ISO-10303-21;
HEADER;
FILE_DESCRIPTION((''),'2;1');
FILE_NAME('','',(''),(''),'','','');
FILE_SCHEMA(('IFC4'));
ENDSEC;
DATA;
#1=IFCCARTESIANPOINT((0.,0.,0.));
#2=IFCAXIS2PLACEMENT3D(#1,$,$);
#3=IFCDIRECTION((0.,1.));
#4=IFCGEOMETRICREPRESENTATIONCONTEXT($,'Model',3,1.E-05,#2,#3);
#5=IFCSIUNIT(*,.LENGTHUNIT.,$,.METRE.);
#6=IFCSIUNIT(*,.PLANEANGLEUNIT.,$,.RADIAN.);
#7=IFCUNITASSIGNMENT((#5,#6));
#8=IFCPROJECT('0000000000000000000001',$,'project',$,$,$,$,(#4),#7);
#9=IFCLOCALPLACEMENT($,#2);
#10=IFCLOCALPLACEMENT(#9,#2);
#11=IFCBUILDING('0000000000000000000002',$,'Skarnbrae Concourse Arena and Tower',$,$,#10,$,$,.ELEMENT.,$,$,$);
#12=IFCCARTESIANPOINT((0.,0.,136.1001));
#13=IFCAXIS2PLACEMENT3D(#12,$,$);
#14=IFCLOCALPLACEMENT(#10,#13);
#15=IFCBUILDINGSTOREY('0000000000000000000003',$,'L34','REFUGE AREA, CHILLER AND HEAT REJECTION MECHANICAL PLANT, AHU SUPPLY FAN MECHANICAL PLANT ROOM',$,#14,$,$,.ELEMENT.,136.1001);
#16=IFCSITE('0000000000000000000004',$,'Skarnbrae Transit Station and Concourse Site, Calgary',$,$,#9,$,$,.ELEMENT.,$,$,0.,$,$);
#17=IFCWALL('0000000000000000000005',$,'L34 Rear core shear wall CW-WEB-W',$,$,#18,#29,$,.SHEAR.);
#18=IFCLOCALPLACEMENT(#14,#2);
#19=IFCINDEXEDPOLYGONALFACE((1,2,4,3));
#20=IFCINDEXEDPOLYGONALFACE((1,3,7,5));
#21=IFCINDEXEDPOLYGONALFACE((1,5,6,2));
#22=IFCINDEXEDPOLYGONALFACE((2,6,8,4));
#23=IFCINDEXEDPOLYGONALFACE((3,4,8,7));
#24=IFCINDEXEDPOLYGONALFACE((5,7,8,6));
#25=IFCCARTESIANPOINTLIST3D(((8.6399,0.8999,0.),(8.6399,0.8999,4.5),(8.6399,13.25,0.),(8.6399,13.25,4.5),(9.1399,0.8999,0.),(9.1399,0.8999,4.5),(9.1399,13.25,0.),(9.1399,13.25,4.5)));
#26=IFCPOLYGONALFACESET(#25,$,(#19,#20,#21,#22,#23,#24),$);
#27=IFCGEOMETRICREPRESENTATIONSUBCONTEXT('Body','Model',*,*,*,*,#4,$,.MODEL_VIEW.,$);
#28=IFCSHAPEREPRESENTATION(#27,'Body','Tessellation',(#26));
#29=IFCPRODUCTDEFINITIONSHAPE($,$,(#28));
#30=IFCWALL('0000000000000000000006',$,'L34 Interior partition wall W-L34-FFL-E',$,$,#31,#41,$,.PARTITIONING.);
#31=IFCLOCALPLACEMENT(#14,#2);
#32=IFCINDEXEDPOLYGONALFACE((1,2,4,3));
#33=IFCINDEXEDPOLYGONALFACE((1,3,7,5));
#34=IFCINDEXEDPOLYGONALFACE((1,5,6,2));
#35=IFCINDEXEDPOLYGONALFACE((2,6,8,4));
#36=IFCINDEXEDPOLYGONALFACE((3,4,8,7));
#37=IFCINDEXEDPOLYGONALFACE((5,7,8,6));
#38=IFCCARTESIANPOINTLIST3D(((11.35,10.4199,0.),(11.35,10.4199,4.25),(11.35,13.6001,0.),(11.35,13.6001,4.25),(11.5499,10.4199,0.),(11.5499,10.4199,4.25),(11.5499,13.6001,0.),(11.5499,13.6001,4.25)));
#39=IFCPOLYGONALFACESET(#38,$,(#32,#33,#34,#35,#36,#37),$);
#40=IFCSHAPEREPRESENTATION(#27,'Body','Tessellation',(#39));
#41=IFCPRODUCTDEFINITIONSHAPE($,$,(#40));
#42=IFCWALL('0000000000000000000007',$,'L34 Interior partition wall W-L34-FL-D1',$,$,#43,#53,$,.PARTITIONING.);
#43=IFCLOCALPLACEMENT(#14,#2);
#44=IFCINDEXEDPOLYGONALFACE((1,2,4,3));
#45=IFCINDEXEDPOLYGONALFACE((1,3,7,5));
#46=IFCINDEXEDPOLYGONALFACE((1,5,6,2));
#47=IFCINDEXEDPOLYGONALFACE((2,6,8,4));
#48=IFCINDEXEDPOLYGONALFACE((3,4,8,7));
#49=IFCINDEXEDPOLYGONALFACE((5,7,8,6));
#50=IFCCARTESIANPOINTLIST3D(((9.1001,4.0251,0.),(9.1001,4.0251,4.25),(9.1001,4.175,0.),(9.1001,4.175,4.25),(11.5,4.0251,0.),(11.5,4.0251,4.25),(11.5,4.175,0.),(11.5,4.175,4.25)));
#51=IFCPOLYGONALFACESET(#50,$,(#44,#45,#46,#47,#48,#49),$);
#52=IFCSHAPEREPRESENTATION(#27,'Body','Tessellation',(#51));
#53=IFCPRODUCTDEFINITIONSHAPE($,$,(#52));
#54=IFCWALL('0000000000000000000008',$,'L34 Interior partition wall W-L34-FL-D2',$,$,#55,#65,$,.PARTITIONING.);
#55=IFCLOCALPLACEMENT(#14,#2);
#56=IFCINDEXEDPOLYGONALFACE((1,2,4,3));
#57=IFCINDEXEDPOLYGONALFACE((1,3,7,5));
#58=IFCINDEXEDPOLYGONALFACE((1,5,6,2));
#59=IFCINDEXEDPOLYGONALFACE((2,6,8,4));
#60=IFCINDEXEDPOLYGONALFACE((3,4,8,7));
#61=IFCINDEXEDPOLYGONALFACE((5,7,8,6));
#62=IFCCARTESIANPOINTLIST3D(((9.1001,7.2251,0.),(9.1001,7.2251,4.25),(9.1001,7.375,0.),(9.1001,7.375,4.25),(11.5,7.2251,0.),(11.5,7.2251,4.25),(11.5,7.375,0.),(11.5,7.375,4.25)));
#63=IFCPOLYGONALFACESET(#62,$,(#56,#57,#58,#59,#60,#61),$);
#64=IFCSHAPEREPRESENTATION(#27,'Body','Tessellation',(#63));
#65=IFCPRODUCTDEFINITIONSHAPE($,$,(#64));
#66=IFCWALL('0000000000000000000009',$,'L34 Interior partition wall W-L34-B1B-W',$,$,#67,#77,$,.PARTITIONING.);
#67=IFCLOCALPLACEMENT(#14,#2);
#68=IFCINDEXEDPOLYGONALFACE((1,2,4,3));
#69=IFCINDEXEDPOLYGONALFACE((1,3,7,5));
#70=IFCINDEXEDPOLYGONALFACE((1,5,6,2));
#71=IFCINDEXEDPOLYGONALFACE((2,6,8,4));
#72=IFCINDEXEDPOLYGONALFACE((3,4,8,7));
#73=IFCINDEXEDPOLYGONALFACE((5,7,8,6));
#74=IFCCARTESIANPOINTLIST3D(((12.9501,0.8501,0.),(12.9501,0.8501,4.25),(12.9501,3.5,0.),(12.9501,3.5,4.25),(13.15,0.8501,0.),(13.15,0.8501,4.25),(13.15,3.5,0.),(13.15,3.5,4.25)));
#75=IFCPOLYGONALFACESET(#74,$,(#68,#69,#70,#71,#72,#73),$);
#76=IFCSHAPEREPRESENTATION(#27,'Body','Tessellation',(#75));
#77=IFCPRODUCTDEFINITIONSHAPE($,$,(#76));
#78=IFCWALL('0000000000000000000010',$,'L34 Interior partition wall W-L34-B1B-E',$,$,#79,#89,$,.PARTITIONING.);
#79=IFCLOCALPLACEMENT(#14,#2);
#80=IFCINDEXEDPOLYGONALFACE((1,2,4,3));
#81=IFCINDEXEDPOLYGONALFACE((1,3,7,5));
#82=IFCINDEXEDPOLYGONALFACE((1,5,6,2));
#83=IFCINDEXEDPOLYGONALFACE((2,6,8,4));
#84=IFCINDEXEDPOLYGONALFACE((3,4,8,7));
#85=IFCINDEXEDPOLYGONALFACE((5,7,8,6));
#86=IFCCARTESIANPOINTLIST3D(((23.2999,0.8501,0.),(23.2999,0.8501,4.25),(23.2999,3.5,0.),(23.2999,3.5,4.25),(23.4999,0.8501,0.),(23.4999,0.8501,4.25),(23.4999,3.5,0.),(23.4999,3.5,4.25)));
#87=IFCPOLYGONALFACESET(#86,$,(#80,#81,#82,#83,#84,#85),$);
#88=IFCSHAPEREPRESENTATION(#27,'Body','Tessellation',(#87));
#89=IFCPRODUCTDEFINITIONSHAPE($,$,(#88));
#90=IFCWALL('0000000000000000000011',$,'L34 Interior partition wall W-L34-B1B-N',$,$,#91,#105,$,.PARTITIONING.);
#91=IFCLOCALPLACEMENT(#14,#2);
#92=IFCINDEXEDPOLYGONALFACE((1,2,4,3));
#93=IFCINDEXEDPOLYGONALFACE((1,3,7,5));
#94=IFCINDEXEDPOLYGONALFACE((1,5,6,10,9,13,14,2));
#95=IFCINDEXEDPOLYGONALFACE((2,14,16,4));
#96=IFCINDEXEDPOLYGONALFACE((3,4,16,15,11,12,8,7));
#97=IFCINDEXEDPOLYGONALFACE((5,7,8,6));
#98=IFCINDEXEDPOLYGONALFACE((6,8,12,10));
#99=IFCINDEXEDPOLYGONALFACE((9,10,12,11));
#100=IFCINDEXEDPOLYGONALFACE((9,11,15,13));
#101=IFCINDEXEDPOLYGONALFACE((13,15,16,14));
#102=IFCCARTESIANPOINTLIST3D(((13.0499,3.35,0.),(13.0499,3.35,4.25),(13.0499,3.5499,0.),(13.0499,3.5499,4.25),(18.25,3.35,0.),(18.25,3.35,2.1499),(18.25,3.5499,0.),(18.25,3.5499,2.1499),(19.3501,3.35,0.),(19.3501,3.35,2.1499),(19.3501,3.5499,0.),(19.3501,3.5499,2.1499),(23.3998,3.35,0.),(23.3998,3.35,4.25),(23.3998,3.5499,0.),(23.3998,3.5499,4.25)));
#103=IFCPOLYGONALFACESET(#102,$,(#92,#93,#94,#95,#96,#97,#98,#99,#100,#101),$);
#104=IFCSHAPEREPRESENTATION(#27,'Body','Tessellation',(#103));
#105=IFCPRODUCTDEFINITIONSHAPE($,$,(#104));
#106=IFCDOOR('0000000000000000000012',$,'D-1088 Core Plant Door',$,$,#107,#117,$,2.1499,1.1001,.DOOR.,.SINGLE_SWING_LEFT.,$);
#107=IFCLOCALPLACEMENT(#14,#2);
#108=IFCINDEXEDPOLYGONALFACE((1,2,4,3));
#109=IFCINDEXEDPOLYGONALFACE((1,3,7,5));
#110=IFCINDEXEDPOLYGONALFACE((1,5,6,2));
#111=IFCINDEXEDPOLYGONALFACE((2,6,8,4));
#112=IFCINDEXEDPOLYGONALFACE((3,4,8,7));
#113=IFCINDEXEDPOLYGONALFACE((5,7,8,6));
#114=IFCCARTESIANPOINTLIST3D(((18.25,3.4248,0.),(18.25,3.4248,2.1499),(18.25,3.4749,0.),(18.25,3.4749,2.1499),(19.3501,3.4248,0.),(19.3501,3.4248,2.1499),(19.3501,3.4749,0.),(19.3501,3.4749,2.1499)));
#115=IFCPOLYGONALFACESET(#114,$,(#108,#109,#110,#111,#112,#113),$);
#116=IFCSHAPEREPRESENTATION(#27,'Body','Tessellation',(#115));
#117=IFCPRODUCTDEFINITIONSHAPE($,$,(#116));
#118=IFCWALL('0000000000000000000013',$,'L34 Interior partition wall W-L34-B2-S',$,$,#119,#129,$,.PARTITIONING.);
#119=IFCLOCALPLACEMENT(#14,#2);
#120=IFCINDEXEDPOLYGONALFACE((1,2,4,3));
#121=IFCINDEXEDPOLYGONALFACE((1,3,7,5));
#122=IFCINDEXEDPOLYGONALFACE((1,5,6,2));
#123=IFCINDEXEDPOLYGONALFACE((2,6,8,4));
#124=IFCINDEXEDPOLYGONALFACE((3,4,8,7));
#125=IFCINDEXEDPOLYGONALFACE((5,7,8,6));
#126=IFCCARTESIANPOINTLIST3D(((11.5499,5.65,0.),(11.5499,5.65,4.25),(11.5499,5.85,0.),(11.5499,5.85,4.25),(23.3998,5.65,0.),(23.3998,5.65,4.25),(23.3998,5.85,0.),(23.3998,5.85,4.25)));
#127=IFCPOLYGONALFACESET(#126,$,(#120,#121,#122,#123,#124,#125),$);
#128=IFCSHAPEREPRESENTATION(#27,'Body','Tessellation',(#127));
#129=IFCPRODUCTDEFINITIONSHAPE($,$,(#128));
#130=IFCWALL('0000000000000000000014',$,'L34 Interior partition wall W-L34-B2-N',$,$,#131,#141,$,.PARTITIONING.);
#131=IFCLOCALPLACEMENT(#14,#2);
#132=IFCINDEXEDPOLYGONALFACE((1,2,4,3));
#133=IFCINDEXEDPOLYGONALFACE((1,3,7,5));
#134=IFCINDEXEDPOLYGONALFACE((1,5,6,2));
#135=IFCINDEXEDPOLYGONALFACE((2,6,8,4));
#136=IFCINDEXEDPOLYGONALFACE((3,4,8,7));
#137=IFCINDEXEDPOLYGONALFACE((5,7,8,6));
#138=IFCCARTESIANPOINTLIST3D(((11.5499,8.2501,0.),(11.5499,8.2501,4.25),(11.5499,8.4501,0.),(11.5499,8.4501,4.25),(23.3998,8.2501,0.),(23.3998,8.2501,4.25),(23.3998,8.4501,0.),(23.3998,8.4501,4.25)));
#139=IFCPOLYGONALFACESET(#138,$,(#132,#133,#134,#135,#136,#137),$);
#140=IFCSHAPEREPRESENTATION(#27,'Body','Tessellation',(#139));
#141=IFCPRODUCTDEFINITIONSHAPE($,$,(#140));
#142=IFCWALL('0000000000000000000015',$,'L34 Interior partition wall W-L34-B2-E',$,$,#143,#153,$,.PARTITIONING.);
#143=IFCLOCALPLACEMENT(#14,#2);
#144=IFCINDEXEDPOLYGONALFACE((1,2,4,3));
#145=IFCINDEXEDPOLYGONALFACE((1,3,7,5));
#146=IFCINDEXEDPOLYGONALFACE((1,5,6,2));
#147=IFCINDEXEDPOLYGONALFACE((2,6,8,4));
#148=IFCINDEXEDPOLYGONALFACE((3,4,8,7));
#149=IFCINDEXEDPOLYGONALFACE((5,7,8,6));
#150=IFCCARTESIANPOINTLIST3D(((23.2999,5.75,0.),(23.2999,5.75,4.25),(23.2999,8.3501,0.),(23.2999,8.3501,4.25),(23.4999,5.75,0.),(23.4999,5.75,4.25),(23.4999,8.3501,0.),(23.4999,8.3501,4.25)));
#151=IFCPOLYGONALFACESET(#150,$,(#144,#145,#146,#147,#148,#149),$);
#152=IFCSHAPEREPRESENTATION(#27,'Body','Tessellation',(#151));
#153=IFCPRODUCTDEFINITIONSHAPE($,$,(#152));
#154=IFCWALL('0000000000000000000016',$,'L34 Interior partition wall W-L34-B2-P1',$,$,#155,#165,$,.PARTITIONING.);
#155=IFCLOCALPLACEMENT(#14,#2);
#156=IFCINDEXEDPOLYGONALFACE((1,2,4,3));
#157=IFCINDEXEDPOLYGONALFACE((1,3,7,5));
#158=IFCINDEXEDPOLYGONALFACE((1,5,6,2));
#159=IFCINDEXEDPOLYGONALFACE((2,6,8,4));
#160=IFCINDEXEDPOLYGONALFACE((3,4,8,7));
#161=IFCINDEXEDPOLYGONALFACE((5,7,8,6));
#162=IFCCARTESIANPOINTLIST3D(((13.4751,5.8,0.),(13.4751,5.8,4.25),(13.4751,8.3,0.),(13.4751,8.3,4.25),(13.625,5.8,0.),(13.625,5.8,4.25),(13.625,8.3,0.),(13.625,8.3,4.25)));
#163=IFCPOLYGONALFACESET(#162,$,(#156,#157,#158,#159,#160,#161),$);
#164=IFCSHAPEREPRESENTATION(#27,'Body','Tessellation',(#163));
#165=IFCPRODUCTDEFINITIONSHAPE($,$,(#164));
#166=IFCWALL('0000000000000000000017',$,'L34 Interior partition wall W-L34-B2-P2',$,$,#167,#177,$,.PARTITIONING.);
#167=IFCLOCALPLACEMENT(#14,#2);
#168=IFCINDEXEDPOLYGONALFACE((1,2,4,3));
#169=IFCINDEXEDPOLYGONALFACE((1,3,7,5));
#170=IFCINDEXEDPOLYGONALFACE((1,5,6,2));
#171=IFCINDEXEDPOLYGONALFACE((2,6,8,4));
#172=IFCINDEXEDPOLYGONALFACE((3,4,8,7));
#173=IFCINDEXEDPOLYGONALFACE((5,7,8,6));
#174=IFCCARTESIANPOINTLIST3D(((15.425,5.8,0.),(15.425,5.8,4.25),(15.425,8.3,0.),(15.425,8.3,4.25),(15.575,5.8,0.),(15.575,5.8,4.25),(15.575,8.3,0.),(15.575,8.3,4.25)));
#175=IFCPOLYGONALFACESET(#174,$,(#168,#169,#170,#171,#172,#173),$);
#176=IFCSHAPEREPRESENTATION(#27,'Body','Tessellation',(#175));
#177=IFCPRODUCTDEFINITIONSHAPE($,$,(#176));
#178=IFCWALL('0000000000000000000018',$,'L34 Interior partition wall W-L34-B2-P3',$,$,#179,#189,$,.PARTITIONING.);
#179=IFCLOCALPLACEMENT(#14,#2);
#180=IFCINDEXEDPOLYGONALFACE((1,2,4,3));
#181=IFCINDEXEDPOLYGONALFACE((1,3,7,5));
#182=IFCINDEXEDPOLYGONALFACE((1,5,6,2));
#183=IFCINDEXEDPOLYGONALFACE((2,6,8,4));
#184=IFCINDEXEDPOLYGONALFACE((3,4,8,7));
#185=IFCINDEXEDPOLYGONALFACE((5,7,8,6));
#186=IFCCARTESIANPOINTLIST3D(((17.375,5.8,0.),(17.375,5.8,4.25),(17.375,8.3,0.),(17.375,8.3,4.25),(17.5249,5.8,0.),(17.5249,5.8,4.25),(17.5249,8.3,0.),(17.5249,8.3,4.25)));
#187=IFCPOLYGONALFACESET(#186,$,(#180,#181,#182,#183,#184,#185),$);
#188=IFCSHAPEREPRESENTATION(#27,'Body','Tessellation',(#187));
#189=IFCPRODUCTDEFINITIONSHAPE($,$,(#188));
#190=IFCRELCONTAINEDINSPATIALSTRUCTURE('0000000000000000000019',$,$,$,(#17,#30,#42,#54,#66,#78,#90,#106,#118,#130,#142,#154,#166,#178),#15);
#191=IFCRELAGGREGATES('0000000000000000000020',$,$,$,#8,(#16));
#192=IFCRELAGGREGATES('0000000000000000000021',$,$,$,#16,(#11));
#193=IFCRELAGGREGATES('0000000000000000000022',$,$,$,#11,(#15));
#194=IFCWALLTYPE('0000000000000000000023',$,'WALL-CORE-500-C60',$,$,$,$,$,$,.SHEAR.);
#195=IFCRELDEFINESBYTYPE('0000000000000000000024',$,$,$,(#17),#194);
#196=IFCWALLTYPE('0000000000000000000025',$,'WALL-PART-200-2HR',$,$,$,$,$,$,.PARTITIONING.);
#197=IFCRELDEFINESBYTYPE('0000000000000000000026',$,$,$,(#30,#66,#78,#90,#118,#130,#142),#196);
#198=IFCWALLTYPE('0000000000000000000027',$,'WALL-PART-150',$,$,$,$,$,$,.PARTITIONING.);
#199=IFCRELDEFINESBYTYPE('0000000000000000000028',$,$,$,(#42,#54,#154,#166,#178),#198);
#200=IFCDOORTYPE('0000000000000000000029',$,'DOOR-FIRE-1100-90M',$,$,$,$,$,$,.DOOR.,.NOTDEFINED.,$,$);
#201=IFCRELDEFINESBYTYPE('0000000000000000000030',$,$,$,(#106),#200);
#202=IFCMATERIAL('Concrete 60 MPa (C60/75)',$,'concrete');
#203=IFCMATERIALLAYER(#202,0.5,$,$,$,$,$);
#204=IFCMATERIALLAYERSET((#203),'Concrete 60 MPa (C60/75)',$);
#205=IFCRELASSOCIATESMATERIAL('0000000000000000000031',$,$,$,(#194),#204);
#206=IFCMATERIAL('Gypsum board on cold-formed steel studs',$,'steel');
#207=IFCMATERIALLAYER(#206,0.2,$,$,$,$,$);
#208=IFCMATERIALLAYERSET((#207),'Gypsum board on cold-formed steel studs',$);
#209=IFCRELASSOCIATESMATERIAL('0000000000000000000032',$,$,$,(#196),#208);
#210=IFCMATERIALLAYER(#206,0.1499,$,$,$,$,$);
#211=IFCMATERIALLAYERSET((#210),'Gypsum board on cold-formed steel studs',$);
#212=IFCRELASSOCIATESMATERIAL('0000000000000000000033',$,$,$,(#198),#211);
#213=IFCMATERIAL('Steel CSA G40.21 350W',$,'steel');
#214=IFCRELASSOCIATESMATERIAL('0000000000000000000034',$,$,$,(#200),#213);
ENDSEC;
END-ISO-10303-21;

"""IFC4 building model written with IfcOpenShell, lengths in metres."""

from ifc_helpers import new_model, si_unit, direction, frame, frame_2d, origin, place, context, subcontext, project, spatial, rectangle, extrude, source, transform, mapped, material, layer, layer_set, type_object, element, fill, save


model = new_model("IFC4")

# Units and contexts
model_context = context("Model", 3, precision=1e-05, world=origin(), true_north=direction((0.0, 1.0)))
body_context = subcontext(model_context, "Body", "Model", "MODEL_VIEW")
ifc_project = project(units=[si_unit("LENGTHUNIT", "METRE"), si_unit("PLANEANGLEUNIT", "RADIAN")], contexts=[model_context])

# Site, building, storey
site_placement = place(None, origin())
site = spatial("IfcSite", under=ifc_project, at=site_placement, Name="Skarnbrae Transit Station and Concourse Site, Calgary", CompositionType="ELEMENT", RefElevation=0.0)
building_placement = place(site_placement, origin())
building = spatial("IfcBuilding", under=site, at=building_placement, Name="Skarnbrae Concourse Arena and Tower", CompositionType="ELEMENT")
storey_placement = place(building_placement, frame((0.0, 0.0, 136.1001)))
storey = spatial("IfcBuildingStorey", under=building, at=storey_placement, Name="L34", Description="REFUGE AREA, CHILLER AND HEAT REJECTION MECHANICAL PLANT, AHU SUPPLY FAN MECHANICAL PLANT ROOM", CompositionType="ELEMENT", Elevation=136.1001)

# Walls
ifc_material_1 = material(Name="Concrete 60 MPa (C60/75)", Category="concrete")
ifc_layer_1 = layer(ifc_material_1, 0.5)
ifc_layer_set_1 = layer_set([ifc_layer_1], Name="Concrete 60 MPa (C60/75)")
wall_type_1 = type_object("IfcWallType", Name="WALL-CORE-500-C60", PredefinedType="SHEAR", material=ifc_layer_set_1)
shared_shape_1 = source(origin(), body_context, "Body", "SweptSolid", [
    extrude(rectangle(XDim=12.3501, YDim=0.5, at=frame_2d((6.175, 0.0))), origin(), (0.0, 0.0, 1.0), 4.5),
])
wall_1_placement = place(storey_placement, frame((8.8899, 0.8999, 0.0), z_axis=(0.0, 0.0, 1.0), x_axis=(0.0, 1.0, 0.0)))
element("IfcWall", 1, at=wall_1_placement, inside=storey, type_object=wall_type_1, Name="L34 Rear core shear wall CW-WEB-W", PredefinedType="SHEAR", context=body_context, shape_type="MappedRepresentation", body=[
    mapped(shared_shape_1, transform((0.0, 0.0, 0.0))),
])
ifc_material_2 = material(Name="Gypsum board on cold-formed steel studs", Category="steel")
ifc_layer_2 = layer(ifc_material_2, 0.2)
ifc_layer_set_2 = layer_set([ifc_layer_2], Name="Gypsum board on cold-formed steel studs")
wall_type_2 = type_object("IfcWallType", Name="WALL-PART-200-2HR", PredefinedType="PARTITIONING", material=ifc_layer_set_2)
shared_shape_2 = source(origin(), body_context, "Body", "SweptSolid", [
    extrude(rectangle(XDim=3.1802, YDim=0.2, at=frame_2d((1.5901, 0.0))), origin(), (0.0, 0.0, 1.0), 4.25),
])
wall_2_placement = place(storey_placement, frame((11.45, 10.4199, 0.0), z_axis=(0.0, 0.0, 1.0), x_axis=(0.0, 1.0, 0.0)))
element("IfcWall", 2, at=wall_2_placement, inside=storey, type_object=wall_type_2, Name="L34 Interior partition wall W-L34-FFL-E", PredefinedType="PARTITIONING", context=body_context, shape_type="MappedRepresentation", body=[
    mapped(shared_shape_2, transform((0.0, 0.0, 0.0))),
])

# Shared definitions
ifc_material_3 = material(Name="Steel CSA G40.21 350W", Category="steel")
shared_shape_3 = source(origin(), body_context, "Body", "SweptSolid", [
    extrude(rectangle(XDim=1.1001, YDim=2.1499, at=frame_2d((0.55, 1.075))), frame((0.0, 0.0249, 0.0), z_axis=(0.0, -1.0, 0.0), x_axis=(1.0, 0.0, 0.0)), (0.0, 0.0, 1.0), 0.05),
])

# Walls
ifc_layer_3 = layer(ifc_material_2, 0.1499)
ifc_layer_set_3 = layer_set([ifc_layer_3], Name="Gypsum board on cold-formed steel studs")
wall_type_3 = type_object("IfcWallType", Name="WALL-PART-150", PredefinedType="PARTITIONING", material=ifc_layer_set_3)
shared_shape_4 = source(origin(), body_context, "Body", "SweptSolid", [
    extrude(rectangle(XDim=2.3999, YDim=0.1499, at=frame_2d((1.2, 0.0))), origin(), (0.0, 0.0, 1.0), 4.25),
])
for number, where, z_axis, x_axis, name in (
    (3, (9.1001, 4.1001, 0.0), (0.0, 0.0, 1.0), (1.0, 0.0, 0.0), "L34 Interior partition wall W-L34-FL-D1"),
    (4, (9.1001, 7.3, 0.0), (0.0, 0.0, 1.0), (1.0, 0.0, 0.0), "L34 Interior partition wall W-L34-FL-D2"),
):
    element("IfcWall", number, at=place(storey_placement, frame(where, z_axis=z_axis, x_axis=x_axis)), inside=storey, type_object=wall_type_3, Name=name, PredefinedType="PARTITIONING", context=body_context, shape_type="MappedRepresentation", body=[
        mapped(shared_shape_4, transform((0.0, 0.0, 0.0))),
    ])
shared_shape_5 = source(origin(), body_context, "Body", "SweptSolid", [
    extrude(rectangle(XDim=2.6499, YDim=0.2, at=frame_2d((1.325, 0.0))), origin(), (0.0, 0.0, 1.0), 4.25),
])
for number, where, z_axis, x_axis, name in (
    (5, (13.05, 0.8501, 0.0), (0.0, 0.0, 1.0), (0.0, 1.0, 0.0), "L34 Interior partition wall W-L34-B1B-W"),
    (6, (23.3999, 0.8501, 0.0), (0.0, 0.0, 1.0), (0.0, 1.0, 0.0), "L34 Interior partition wall W-L34-B1B-E"),
):
    element("IfcWall", number, at=place(storey_placement, frame(where, z_axis=z_axis, x_axis=x_axis)), inside=storey, type_object=wall_type_2, Name=name, PredefinedType="PARTITIONING", context=body_context, shape_type="MappedRepresentation", body=[
        mapped(shared_shape_5, transform((0.0, 0.0, 0.0))),
    ])

# Wall, opening, door
shared_shape_6 = source(origin(), body_context, "Body", "SweptSolid", [
    extrude(rectangle(XDim=10.3499, YDim=0.2, at=frame_2d((5.1748, 0.0))), origin(), (0.0, 0.0, 1.0), 4.25),
])
wall_3_placement = place(storey_placement, frame((13.05, 3.45, 0.0), z_axis=(0.0, 0.0, 1.0), x_axis=(1.0, 0.0, 0.0)))
wall_3 = element("IfcWall", 7, at=wall_3_placement, inside=storey, type_object=wall_type_2, Name="L34 Interior partition wall W-L34-B1B-N", PredefinedType="PARTITIONING", context=body_context, shape_type="MappedRepresentation", body=[
    mapped(shared_shape_6, transform((0.0, 0.0, 0.0))),
])
opening_1_placement = place(wall_3_placement, frame((5.2, 0.0, 0.0)))
opening_1 = element("IfcOpeningElement", 8, at=opening_1_placement, cuts=wall_3, PredefinedType="OPENING", context=body_context, shape_type="SweptSolid", body=[
    extrude(rectangle(XDim=1.1001, YDim=2.1499, at=frame_2d((0.55, 1.075))), frame((0.0, 0.1099, 0.0), z_axis=(0.0, -1.0, 0.0), x_axis=(1.0, 0.0, 0.0)), (0.0, 0.0, 1.0), 0.22),
])
door_type_1 = type_object("IfcDoorType", Name="DOOR-FIRE-1100-90M", OperationType="NOTDEFINED", PredefinedType="DOOR", material=ifc_material_3)
door_1_placement = place(opening_1_placement, origin())
door_1 = element("IfcDoor", 9, at=door_1_placement, inside=storey, type_object=door_type_1, Name="D-1088 Core Plant Door", OperationType="SINGLE_SWING_LEFT", OverallHeight=2.1499, OverallWidth=1.1001, PredefinedType="DOOR", context=body_context, shape_type="MappedRepresentation", body=[
    mapped(shared_shape_3, transform((0.0, 0.0, 0.0))),
])
fill(opening_1, door_1)

# Walls
shared_shape_7 = source(origin(), body_context, "Body", "SweptSolid", [
    extrude(rectangle(XDim=11.8499, YDim=0.2, at=frame_2d((5.9248, 0.0))), origin(), (0.0, 0.0, 1.0), 4.25),
])
for number, where, z_axis, x_axis, name in (
    (10, (11.55, 5.75, 0.0), (0.0, 0.0, 1.0), (1.0, 0.0, 0.0), "L34 Interior partition wall W-L34-B2-S"),
    (11, (11.55, 8.3501, 0.0), (0.0, 0.0, 1.0), (1.0, 0.0, 0.0), "L34 Interior partition wall W-L34-B2-N"),
):
    element("IfcWall", number, at=place(storey_placement, frame(where, z_axis=z_axis, x_axis=x_axis)), inside=storey, type_object=wall_type_2, Name=name, PredefinedType="PARTITIONING", context=body_context, shape_type="MappedRepresentation", body=[
        mapped(shared_shape_7, transform((0.0, 0.0, 0.0))),
    ])
shared_shape_8 = source(origin(), body_context, "Body", "SweptSolid", [
    extrude(rectangle(XDim=2.6001, YDim=0.2, at=frame_2d((1.3, 0.0))), origin(), (0.0, 0.0, 1.0), 4.25),
])
wall_4_placement = place(storey_placement, frame((23.3999, 5.75, 0.0), z_axis=(0.0, 0.0, 1.0), x_axis=(0.0, 1.0, 0.0)))
element("IfcWall", 12, at=wall_4_placement, inside=storey, type_object=wall_type_2, Name="L34 Interior partition wall W-L34-B2-E", PredefinedType="PARTITIONING", context=body_context, shape_type="MappedRepresentation", body=[
    mapped(shared_shape_8, transform((0.0, 0.0, 0.0))),
])
shared_shape_9 = source(origin(), body_context, "Body", "SweptSolid", [
    extrude(rectangle(XDim=2.5, YDim=0.1499, at=frame_2d((1.25, 0.0))), origin(), (0.0, 0.0, 1.0), 4.25),
])
for number, where, z_axis, x_axis, name in (
    (13, (13.55, 5.8, 0.0), (0.0, 0.0, 1.0), (0.0, 1.0, 0.0), "L34 Interior partition wall W-L34-B2-P1"),
    (14, (15.5, 5.8, 0.0), (0.0, 0.0, 1.0), (0.0, 1.0, 0.0), "L34 Interior partition wall W-L34-B2-P2"),
    (15, (17.45, 5.8, 0.0), (0.0, 0.0, 1.0), (0.0, 1.0, 0.0), "L34 Interior partition wall W-L34-B2-P3"),
):
    element("IfcWall", number, at=place(storey_placement, frame(where, z_axis=z_axis, x_axis=x_axis)), inside=storey, type_object=wall_type_3, Name=name, PredefinedType="PARTITIONING", context=body_context, shape_type="MappedRepresentation", body=[
        mapped(shared_shape_9, transform((0.0, 0.0, 0.0))),
    ])

save(model, "model.ifc")
